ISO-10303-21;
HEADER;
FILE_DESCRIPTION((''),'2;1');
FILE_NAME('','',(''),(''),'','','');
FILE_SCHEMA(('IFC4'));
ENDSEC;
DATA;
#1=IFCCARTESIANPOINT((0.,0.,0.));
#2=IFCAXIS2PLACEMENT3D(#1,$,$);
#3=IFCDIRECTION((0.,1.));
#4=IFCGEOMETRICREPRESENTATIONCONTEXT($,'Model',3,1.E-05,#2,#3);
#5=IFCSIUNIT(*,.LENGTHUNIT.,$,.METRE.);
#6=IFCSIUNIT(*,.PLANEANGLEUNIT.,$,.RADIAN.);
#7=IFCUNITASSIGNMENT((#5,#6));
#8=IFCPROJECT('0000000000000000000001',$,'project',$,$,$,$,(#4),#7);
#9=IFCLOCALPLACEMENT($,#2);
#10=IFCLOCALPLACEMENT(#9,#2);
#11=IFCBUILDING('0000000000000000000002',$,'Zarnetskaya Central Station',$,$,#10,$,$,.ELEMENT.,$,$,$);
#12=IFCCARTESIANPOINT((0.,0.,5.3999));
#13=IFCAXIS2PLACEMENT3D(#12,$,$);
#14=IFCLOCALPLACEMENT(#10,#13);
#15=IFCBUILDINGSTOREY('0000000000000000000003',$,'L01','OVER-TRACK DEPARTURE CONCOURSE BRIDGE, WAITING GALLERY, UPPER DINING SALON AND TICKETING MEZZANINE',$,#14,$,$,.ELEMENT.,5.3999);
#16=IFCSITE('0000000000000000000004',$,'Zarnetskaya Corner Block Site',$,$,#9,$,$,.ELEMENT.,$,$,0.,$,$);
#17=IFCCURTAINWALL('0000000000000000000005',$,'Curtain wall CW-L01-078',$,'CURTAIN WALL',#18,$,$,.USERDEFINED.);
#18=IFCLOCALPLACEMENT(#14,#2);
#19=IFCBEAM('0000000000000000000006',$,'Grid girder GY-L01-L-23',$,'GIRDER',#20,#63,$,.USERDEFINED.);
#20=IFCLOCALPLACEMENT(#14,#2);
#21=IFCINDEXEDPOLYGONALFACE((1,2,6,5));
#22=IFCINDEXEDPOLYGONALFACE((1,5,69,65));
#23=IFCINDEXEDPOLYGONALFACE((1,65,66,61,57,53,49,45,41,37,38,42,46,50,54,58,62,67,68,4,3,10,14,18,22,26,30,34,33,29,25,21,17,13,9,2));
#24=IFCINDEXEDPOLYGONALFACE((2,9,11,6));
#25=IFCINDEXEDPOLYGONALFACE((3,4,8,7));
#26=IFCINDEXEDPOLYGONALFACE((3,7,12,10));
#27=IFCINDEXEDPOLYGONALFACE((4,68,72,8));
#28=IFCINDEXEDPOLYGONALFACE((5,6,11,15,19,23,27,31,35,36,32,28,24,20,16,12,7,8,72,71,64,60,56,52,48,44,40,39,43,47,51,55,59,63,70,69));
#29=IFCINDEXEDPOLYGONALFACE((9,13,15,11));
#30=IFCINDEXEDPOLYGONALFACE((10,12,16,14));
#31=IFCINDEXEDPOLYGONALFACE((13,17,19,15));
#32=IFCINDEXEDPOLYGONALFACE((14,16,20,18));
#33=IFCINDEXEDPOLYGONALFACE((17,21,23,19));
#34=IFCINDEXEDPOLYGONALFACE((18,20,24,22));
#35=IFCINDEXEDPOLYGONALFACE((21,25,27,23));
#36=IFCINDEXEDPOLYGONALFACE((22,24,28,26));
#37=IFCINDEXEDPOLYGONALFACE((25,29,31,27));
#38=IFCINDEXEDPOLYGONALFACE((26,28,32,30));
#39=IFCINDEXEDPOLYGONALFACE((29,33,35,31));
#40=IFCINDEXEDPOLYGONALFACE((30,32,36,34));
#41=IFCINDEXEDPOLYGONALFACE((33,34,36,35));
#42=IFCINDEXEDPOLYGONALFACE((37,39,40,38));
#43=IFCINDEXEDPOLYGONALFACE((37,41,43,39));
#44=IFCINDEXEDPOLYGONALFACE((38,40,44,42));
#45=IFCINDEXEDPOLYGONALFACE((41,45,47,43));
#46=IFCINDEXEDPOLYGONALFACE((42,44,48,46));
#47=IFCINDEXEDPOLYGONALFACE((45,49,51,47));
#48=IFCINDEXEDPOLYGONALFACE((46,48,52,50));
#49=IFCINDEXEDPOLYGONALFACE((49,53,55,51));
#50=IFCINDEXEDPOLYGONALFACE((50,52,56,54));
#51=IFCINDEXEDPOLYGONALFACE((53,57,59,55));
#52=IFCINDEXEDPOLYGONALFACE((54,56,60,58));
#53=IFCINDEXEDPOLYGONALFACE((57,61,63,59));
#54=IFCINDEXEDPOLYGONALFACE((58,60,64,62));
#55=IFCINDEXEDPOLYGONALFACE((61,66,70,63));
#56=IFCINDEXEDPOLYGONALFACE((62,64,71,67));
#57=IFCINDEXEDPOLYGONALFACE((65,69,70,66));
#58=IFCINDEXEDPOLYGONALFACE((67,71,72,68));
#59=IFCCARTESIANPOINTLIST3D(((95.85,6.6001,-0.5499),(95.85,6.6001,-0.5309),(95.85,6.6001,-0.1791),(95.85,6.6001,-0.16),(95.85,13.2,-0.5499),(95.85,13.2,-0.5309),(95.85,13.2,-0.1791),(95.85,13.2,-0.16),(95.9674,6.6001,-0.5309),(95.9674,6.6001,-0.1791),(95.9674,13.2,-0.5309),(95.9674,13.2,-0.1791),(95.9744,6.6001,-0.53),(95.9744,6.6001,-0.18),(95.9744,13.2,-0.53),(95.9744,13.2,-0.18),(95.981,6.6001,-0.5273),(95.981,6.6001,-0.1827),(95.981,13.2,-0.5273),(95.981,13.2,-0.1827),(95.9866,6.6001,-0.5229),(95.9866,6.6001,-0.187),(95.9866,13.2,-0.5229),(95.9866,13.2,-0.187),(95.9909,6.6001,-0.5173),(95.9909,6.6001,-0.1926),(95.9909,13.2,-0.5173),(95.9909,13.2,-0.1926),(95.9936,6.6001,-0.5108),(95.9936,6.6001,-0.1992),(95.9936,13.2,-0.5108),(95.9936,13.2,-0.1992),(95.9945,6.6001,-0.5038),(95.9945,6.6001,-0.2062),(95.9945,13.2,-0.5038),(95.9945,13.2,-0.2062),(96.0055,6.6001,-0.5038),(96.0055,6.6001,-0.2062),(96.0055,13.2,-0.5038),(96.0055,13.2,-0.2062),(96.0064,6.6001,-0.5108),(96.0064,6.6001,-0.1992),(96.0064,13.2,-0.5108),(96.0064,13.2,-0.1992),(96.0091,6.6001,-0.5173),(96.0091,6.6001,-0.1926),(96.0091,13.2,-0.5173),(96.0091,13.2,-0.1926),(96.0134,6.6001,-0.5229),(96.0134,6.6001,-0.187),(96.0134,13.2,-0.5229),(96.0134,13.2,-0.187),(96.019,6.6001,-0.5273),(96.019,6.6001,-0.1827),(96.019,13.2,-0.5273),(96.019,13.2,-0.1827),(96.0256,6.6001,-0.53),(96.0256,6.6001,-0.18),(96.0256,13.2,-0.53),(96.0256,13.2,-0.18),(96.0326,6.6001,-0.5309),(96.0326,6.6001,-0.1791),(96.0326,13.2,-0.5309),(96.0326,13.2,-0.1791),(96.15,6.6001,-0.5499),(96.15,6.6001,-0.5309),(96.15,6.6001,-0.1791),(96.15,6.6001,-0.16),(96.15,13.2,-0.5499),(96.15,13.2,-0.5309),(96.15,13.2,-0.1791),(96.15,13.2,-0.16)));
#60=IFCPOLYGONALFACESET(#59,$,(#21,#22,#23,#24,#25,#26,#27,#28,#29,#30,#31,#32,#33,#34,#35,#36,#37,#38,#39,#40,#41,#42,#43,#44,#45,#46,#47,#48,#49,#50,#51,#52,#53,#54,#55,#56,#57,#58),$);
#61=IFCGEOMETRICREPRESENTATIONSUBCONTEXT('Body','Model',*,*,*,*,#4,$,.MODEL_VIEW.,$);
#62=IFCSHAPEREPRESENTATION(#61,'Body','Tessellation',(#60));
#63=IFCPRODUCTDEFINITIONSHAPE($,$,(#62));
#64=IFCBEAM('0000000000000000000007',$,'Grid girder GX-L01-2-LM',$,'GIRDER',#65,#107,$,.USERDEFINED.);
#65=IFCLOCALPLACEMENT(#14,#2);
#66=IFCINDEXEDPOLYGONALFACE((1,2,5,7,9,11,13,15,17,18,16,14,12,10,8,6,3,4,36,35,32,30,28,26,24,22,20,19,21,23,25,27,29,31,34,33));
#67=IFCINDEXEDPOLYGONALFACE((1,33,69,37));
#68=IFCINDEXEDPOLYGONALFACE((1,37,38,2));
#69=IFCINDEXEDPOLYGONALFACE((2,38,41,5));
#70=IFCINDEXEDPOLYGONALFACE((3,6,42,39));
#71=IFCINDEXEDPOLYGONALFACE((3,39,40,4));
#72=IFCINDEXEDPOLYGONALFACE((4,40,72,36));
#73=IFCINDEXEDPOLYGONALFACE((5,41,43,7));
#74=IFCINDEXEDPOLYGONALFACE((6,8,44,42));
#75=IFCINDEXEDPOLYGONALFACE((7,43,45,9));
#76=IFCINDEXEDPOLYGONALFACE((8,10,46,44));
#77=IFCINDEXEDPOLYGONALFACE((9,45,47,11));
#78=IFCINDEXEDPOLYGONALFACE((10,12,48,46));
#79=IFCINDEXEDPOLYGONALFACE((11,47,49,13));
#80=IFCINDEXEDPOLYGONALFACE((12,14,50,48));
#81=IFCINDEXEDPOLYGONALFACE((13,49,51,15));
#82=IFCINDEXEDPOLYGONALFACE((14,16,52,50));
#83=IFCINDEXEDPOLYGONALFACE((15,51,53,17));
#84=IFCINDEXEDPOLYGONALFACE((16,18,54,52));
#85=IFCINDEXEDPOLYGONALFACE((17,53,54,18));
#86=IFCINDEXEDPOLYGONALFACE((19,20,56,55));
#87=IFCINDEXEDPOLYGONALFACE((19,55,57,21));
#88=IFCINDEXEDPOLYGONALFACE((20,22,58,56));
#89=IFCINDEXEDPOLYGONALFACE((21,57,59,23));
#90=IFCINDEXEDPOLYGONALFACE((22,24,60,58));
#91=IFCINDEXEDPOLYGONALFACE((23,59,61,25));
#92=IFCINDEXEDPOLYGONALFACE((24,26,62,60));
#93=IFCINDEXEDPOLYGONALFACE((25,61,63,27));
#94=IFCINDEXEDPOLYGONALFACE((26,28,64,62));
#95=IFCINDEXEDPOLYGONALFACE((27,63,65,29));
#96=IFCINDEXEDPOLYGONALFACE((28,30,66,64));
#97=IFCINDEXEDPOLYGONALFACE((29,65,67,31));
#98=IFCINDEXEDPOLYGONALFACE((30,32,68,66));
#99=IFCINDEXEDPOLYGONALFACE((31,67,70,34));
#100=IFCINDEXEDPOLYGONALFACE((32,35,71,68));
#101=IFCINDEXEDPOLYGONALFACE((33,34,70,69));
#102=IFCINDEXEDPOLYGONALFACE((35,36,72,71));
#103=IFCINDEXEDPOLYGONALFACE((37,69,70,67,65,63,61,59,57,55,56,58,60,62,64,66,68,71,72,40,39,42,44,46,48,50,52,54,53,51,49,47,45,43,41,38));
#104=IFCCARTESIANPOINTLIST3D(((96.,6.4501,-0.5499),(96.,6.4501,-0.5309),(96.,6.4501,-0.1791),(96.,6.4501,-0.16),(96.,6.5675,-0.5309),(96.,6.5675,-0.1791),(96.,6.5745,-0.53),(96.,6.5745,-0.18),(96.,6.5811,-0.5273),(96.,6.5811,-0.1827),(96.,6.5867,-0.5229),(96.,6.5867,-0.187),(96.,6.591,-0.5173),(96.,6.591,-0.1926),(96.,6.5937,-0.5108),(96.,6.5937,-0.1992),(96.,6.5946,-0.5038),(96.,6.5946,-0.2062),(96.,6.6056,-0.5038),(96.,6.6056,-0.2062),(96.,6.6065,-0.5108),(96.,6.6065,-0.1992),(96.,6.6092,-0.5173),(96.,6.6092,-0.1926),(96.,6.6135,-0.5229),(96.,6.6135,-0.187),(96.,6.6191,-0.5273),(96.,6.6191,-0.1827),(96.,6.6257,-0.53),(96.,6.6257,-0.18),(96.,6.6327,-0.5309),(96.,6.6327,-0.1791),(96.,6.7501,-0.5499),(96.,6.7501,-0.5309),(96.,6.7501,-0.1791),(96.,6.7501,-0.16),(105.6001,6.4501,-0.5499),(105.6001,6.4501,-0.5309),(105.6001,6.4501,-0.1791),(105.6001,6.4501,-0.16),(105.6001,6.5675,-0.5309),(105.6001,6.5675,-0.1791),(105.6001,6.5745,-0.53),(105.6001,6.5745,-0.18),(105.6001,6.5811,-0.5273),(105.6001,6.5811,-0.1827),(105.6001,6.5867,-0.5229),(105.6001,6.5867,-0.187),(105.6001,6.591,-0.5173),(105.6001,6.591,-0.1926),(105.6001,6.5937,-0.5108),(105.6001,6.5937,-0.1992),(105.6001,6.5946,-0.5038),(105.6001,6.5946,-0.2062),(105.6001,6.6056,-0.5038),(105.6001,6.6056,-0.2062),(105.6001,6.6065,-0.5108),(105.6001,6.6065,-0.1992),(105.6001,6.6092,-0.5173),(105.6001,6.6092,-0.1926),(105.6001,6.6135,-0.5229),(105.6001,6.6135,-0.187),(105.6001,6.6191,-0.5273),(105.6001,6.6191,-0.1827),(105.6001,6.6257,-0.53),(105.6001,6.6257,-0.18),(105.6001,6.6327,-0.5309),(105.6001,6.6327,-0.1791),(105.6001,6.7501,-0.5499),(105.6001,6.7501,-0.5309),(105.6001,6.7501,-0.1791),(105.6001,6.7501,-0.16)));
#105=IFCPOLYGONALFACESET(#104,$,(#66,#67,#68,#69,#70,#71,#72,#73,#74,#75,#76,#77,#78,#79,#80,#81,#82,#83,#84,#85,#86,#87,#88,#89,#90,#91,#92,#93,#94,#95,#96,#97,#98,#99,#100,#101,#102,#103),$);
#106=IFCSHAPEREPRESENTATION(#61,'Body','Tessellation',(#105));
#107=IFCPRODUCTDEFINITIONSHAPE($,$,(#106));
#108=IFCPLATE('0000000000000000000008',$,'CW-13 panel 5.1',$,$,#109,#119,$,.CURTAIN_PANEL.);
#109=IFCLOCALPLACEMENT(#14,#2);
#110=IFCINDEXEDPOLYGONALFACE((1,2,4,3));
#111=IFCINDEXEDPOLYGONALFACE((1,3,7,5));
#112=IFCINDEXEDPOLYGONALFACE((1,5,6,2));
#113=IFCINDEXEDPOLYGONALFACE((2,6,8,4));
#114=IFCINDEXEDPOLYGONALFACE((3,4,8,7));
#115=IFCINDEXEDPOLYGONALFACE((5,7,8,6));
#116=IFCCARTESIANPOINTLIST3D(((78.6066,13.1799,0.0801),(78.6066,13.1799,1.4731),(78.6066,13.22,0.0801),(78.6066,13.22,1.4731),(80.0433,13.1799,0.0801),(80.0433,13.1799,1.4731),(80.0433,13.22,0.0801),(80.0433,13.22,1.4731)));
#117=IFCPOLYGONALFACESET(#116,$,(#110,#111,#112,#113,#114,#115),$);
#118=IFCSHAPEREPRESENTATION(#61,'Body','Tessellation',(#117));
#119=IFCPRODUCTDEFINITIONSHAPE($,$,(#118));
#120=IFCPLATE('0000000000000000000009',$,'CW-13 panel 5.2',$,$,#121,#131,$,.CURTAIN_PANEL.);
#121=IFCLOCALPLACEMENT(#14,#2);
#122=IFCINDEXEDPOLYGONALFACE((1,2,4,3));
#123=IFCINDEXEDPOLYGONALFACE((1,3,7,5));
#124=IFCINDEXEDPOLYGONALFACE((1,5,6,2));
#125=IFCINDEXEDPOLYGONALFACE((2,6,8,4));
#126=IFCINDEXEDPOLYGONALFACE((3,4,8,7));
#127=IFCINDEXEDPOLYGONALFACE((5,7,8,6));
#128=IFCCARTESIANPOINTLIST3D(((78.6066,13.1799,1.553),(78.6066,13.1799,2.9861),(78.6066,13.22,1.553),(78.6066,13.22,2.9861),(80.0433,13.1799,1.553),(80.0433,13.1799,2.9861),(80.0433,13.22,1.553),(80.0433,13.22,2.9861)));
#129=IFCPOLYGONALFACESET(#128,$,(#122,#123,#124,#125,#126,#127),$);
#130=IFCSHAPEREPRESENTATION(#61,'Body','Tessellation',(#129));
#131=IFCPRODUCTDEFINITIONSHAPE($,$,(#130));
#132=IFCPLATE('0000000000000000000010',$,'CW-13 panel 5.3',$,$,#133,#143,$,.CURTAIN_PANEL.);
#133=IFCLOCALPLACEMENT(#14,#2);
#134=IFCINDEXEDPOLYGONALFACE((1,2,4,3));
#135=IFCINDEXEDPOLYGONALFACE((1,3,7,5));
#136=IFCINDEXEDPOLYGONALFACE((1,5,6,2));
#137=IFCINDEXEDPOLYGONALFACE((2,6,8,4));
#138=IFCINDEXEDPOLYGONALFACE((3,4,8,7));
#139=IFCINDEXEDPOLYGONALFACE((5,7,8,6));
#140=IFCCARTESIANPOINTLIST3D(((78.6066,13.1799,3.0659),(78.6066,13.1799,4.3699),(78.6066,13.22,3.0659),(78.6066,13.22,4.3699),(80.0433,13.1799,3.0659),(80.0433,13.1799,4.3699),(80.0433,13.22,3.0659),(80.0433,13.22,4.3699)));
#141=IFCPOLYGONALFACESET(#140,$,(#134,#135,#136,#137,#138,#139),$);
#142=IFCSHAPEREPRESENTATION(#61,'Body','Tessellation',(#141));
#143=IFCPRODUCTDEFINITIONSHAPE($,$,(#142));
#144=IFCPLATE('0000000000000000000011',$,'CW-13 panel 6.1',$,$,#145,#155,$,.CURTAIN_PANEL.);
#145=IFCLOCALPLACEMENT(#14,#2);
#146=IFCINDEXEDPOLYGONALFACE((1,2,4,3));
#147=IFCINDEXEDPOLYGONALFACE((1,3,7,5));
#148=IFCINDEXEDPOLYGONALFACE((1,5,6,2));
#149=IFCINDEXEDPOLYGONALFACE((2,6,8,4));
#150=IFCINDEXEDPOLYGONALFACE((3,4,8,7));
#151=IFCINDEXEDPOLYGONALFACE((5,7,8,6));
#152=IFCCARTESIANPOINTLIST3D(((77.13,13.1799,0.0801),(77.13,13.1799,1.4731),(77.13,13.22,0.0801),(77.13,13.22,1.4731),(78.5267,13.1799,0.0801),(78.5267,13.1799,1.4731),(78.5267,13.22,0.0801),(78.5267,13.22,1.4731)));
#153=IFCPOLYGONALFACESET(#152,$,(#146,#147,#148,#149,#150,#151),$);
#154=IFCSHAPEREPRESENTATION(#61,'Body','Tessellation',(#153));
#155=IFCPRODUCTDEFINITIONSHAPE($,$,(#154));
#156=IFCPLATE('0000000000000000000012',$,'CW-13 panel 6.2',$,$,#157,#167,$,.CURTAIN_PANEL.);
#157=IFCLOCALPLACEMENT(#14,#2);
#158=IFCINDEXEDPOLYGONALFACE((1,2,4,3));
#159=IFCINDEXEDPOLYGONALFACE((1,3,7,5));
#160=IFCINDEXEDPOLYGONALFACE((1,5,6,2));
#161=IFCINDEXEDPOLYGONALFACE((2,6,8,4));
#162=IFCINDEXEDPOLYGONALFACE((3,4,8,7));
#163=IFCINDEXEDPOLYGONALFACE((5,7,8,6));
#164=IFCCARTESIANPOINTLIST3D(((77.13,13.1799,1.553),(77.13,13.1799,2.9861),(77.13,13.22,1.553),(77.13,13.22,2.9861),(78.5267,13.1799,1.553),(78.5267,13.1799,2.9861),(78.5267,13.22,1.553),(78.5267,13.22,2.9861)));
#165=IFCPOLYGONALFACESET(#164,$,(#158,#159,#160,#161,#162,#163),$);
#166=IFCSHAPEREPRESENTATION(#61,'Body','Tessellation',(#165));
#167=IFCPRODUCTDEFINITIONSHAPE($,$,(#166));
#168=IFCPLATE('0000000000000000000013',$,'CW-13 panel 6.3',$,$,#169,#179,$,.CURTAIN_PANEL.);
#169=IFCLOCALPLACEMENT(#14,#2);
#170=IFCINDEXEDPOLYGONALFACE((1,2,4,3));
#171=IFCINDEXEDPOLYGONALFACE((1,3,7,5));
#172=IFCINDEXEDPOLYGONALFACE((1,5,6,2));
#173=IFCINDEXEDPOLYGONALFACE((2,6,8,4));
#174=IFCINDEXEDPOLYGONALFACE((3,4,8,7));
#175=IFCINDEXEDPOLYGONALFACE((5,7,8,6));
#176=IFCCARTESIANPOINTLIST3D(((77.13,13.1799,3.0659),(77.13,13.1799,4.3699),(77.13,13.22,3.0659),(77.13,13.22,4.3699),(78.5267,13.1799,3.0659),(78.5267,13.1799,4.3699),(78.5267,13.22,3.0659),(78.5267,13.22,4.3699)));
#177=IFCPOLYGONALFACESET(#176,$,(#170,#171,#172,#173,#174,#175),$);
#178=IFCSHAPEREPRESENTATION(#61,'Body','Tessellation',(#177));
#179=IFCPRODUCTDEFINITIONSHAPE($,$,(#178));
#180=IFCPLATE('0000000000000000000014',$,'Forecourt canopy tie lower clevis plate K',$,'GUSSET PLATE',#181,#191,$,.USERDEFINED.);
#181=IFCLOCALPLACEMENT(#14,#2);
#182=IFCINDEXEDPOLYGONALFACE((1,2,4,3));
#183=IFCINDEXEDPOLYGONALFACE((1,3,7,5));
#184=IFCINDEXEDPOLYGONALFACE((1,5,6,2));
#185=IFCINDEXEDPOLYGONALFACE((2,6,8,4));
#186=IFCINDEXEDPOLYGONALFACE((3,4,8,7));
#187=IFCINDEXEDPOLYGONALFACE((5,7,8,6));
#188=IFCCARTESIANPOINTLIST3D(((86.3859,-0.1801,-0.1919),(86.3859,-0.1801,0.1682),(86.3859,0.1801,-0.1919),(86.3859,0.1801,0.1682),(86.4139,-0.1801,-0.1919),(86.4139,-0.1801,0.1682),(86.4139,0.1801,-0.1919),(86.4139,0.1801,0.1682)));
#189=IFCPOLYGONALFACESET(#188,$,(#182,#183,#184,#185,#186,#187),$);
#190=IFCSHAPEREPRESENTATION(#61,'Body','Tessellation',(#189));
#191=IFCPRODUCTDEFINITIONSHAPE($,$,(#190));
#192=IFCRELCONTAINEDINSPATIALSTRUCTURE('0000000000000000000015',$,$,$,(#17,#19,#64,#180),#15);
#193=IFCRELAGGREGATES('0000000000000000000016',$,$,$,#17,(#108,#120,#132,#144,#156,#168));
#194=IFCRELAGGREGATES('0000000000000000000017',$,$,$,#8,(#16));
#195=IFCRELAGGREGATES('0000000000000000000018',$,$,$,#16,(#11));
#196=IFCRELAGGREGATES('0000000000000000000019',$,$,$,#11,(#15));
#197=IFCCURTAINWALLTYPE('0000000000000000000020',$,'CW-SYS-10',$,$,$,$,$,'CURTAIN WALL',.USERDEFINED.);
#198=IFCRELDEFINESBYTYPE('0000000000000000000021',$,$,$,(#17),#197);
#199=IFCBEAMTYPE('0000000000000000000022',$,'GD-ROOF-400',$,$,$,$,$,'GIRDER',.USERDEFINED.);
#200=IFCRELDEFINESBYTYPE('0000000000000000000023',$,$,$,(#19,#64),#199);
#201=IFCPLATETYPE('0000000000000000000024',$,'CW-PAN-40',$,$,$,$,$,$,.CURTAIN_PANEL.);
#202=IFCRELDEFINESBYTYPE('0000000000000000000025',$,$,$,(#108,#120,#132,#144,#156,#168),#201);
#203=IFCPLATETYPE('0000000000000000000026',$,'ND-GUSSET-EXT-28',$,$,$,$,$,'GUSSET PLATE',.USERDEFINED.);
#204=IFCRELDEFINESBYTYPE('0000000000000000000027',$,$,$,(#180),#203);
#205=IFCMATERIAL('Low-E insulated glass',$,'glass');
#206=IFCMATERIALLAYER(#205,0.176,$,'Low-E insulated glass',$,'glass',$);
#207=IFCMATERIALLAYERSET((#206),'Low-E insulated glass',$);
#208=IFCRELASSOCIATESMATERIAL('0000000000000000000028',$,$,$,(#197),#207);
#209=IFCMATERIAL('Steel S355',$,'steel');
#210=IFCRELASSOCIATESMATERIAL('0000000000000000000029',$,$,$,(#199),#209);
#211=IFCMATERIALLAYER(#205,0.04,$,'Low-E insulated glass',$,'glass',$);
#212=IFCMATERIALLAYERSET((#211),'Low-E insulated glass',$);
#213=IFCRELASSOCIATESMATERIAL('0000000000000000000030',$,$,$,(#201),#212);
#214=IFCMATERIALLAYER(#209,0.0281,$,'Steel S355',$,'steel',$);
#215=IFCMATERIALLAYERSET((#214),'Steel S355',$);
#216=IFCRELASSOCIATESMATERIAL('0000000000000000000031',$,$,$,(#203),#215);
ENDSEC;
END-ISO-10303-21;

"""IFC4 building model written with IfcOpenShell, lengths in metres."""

from ifc_helpers import new_model, si_unit, direction, frame, origin, origin_2d, place, context, subcontext, project, spatial, rectangle, i_section, extrude, material, layer, layer_set, material_profile, profile_set, type_object, element, aggregate, save


model = new_model("IFC4")

# Units and contexts
model_context = context("Model", 3, precision=1e-05, world=origin(), true_north=direction((0.0, 1.0)))
body_context = subcontext(model_context, "Body", "Model", "MODEL_VIEW")
ifc_project = project(units=[si_unit("LENGTHUNIT", "METRE"), si_unit("PLANEANGLEUNIT", "RADIAN")], contexts=[model_context])

# Site, building, storey
site_placement = place(None, origin())
site = spatial("IfcSite", under=ifc_project, at=site_placement, Name="Zarnetskaya Corner Block Site", CompositionType="ELEMENT", RefElevation=0.0)
building_placement = place(site_placement, origin())
building = spatial("IfcBuilding", under=site, at=building_placement, Name="Zarnetskaya Central Station", CompositionType="ELEMENT")
storey_placement = place(building_placement, frame((0.0, 0.0, 5.3999)))
storey = spatial("IfcBuildingStorey", under=building, at=storey_placement, Name="L01", Description="OVER-TRACK DEPARTURE CONCOURSE BRIDGE, WAITING GALLERY, UPPER DINING SALON AND TICKETING MEZZANINE", CompositionType="ELEMENT", Elevation=5.3999)

# Shared definitions
ifc_material_1 = material(Name="Steel S355", Category="steel")

# Curtain wall
ifc_material_2 = material(Name="Low-E insulated glass", Category="glass")
ifc_layer_1 = layer(ifc_material_2, 0.176, Name="Low-E insulated glass", Category="glass")
ifc_layer_set_1 = layer_set([ifc_layer_1], Name="Low-E insulated glass")
curtain_wall_type = type_object("IfcCurtainWallType", Name="CW-SYS-10", ElementType="CURTAIN WALL", PredefinedType="USERDEFINED", material=ifc_layer_set_1)
curtain_wall_placement = place(storey_placement, origin())
curtain_wall = element("IfcCurtainWall", 1, at=curtain_wall_placement, inside=storey, type_object=curtain_wall_type, Name="Curtain wall CW-L01-078", ObjectType="CURTAIN WALL", PredefinedType="USERDEFINED")

# Beams
ifc_material_profile_1 = material_profile(ifc_material_1, i_section(OverallWidth=0.3, OverallDepth=0.3899, WebThickness=0.011, FlangeThickness=0.019, FilletRadius=0.0271, at=origin_2d()), Name="HEA 400")
ifc_profile_set_1 = profile_set([ifc_material_profile_1], Name="Steel S355")
beam_type_1 = type_object("IfcBeamType", Name="GD-ROOF-400", ElementType="GIRDER", PredefinedType="USERDEFINED", material=ifc_profile_set_1)
beam_1_placement = place(storey_placement, frame((96.0, 6.6001, -0.355), z_axis=(0.0, 1.0, 0.0), x_axis=(-1.0, 0.0, 0.0)))
element("IfcBeam", 2, at=beam_1_placement, inside=storey, type_object=beam_type_1, Name="Grid girder GY-L01-L-23", ObjectType="GIRDER", PredefinedType="USERDEFINED", context=body_context, shape_type="SweptSolid", body=[
    extrude(i_section(OverallWidth=0.3, OverallDepth=0.3899, WebThickness=0.011, FlangeThickness=0.019, FilletRadius=0.0271, at=origin_2d()), origin(), (0.0, 0.0, 1.0), 6.5999),
])
beam_2_placement = place(storey_placement, frame((96.0, 6.6001, -0.355), z_axis=(1.0, 0.0, 0.0), x_axis=(0.0, 1.0, 0.0)))
element("IfcBeam", 3, at=beam_2_placement, inside=storey, type_object=beam_type_1, Name="Grid girder GX-L01-2-LM", ObjectType="GIRDER", PredefinedType="USERDEFINED", context=body_context, shape_type="SweptSolid", body=[
    extrude(i_section(OverallWidth=0.3, OverallDepth=0.3899, WebThickness=0.011, FlangeThickness=0.019, FilletRadius=0.0271, at=origin_2d()), origin(), (0.0, 0.0, 1.0), 9.6001),
])

# Plates
ifc_layer_2 = layer(ifc_material_2, 0.04, Name="Low-E insulated glass", Category="glass")
ifc_layer_set_2 = layer_set([ifc_layer_2], Name="Low-E insulated glass")
plate_type_1 = type_object("IfcPlateType", Name="CW-PAN-40", PredefinedType="CURTAIN_PANEL", material=ifc_layer_set_2)
plate_1_placement = place(storey_placement, frame((79.325, 13.2, 0.0801), z_axis=(0.0, 0.0, 1.0), x_axis=(-1.0, 0.0, 0.0)))
plate_1 = element("IfcPlate", 4, at=plate_1_placement, type_object=plate_type_1, Name="CW-13 panel 5.1", PredefinedType="CURTAIN_PANEL", context=body_context, shape_type="SweptSolid", body=[
    extrude(rectangle(XDim=1.4368, YDim=0.04, at=origin_2d()), origin(), (0.0, 0.0, 1.0), 1.3931),
])
plate_2_placement = place(storey_placement, frame((79.325, 13.2, 1.553), z_axis=(0.0, 0.0, 1.0), x_axis=(-1.0, 0.0, 0.0)))
plate_2 = element("IfcPlate", 5, at=plate_2_placement, type_object=plate_type_1, Name="CW-13 panel 5.2", PredefinedType="CURTAIN_PANEL", context=body_context, shape_type="SweptSolid", body=[
    extrude(rectangle(XDim=1.4368, YDim=0.04, at=origin_2d()), origin(), (0.0, 0.0, 1.0), 1.4331),
])
plate_3_placement = place(storey_placement, frame((79.325, 13.2, 3.0659), z_axis=(0.0, 0.0, 1.0), x_axis=(-1.0, 0.0, 0.0)))
plate_3 = element("IfcPlate", 6, at=plate_3_placement, type_object=plate_type_1, Name="CW-13 panel 5.3", PredefinedType="CURTAIN_PANEL", context=body_context, shape_type="SweptSolid", body=[
    extrude(rectangle(XDim=1.4368, YDim=0.04, at=origin_2d()), origin(), (0.0, 0.0, 1.0), 1.304),
])
plate_4_placement = place(storey_placement, frame((77.8284, 13.2, 0.0801), z_axis=(0.0, 0.0, 1.0), x_axis=(-1.0, 0.0, 0.0)))
plate_4 = element("IfcPlate", 7, at=plate_4_placement, type_object=plate_type_1, Name="CW-13 panel 6.1", PredefinedType="CURTAIN_PANEL", context=body_context, shape_type="SweptSolid", body=[
    extrude(rectangle(XDim=1.3967, YDim=0.04, at=origin_2d()), origin(), (0.0, 0.0, 1.0), 1.3931),
])
plate_5_placement = place(storey_placement, frame((77.8284, 13.2, 1.553), z_axis=(0.0, 0.0, 1.0), x_axis=(-1.0, 0.0, 0.0)))
plate_5 = element("IfcPlate", 8, at=plate_5_placement, type_object=plate_type_1, Name="CW-13 panel 6.2", PredefinedType="CURTAIN_PANEL", context=body_context, shape_type="SweptSolid", body=[
    extrude(rectangle(XDim=1.3967, YDim=0.04, at=origin_2d()), origin(), (0.0, 0.0, 1.0), 1.4331),
])
plate_6_placement = place(storey_placement, frame((77.8284, 13.2, 3.0659), z_axis=(0.0, 0.0, 1.0), x_axis=(-1.0, 0.0, 0.0)))
plate_6 = element("IfcPlate", 9, at=plate_6_placement, type_object=plate_type_1, Name="CW-13 panel 6.3", PredefinedType="CURTAIN_PANEL", context=body_context, shape_type="SweptSolid", body=[
    extrude(rectangle(XDim=1.3967, YDim=0.04, at=origin_2d()), origin(), (0.0, 0.0, 1.0), 1.304),
])
aggregate(curtain_wall, [plate_1, plate_2, plate_3, plate_4, plate_5, plate_6])

# Plate
ifc_layer_3 = layer(ifc_material_1, 0.0281, Name="Steel S355", Category="steel")
ifc_layer_set_3 = layer_set([ifc_layer_3], Name="Steel S355")
plate_type_2 = type_object("IfcPlateType", Name="ND-GUSSET-EXT-28", ElementType="GUSSET PLATE", PredefinedType="USERDEFINED", material=ifc_layer_set_3)
for number, where, z_axis, x_axis, name in (
    (10, (86.3999, 0.0, -0.1919), (0.0, 0.0, 1.0), (1.0, 0.0, 0.0), "Forecourt canopy tie lower clevis plate K"),
):
    element("IfcPlate", number, at=place(storey_placement, frame(where, z_axis=z_axis, x_axis=x_axis)), inside=storey, type_object=plate_type_2, Name=name, ObjectType="GUSSET PLATE", PredefinedType="USERDEFINED", context=body_context, shape_type="SweptSolid", body=[
        extrude(rectangle(XDim=0.0281, YDim=0.3601, at=origin_2d()), origin(), (0.0, 0.0, 1.0), 0.3601),
    ])

save(model, "model.ifc")
